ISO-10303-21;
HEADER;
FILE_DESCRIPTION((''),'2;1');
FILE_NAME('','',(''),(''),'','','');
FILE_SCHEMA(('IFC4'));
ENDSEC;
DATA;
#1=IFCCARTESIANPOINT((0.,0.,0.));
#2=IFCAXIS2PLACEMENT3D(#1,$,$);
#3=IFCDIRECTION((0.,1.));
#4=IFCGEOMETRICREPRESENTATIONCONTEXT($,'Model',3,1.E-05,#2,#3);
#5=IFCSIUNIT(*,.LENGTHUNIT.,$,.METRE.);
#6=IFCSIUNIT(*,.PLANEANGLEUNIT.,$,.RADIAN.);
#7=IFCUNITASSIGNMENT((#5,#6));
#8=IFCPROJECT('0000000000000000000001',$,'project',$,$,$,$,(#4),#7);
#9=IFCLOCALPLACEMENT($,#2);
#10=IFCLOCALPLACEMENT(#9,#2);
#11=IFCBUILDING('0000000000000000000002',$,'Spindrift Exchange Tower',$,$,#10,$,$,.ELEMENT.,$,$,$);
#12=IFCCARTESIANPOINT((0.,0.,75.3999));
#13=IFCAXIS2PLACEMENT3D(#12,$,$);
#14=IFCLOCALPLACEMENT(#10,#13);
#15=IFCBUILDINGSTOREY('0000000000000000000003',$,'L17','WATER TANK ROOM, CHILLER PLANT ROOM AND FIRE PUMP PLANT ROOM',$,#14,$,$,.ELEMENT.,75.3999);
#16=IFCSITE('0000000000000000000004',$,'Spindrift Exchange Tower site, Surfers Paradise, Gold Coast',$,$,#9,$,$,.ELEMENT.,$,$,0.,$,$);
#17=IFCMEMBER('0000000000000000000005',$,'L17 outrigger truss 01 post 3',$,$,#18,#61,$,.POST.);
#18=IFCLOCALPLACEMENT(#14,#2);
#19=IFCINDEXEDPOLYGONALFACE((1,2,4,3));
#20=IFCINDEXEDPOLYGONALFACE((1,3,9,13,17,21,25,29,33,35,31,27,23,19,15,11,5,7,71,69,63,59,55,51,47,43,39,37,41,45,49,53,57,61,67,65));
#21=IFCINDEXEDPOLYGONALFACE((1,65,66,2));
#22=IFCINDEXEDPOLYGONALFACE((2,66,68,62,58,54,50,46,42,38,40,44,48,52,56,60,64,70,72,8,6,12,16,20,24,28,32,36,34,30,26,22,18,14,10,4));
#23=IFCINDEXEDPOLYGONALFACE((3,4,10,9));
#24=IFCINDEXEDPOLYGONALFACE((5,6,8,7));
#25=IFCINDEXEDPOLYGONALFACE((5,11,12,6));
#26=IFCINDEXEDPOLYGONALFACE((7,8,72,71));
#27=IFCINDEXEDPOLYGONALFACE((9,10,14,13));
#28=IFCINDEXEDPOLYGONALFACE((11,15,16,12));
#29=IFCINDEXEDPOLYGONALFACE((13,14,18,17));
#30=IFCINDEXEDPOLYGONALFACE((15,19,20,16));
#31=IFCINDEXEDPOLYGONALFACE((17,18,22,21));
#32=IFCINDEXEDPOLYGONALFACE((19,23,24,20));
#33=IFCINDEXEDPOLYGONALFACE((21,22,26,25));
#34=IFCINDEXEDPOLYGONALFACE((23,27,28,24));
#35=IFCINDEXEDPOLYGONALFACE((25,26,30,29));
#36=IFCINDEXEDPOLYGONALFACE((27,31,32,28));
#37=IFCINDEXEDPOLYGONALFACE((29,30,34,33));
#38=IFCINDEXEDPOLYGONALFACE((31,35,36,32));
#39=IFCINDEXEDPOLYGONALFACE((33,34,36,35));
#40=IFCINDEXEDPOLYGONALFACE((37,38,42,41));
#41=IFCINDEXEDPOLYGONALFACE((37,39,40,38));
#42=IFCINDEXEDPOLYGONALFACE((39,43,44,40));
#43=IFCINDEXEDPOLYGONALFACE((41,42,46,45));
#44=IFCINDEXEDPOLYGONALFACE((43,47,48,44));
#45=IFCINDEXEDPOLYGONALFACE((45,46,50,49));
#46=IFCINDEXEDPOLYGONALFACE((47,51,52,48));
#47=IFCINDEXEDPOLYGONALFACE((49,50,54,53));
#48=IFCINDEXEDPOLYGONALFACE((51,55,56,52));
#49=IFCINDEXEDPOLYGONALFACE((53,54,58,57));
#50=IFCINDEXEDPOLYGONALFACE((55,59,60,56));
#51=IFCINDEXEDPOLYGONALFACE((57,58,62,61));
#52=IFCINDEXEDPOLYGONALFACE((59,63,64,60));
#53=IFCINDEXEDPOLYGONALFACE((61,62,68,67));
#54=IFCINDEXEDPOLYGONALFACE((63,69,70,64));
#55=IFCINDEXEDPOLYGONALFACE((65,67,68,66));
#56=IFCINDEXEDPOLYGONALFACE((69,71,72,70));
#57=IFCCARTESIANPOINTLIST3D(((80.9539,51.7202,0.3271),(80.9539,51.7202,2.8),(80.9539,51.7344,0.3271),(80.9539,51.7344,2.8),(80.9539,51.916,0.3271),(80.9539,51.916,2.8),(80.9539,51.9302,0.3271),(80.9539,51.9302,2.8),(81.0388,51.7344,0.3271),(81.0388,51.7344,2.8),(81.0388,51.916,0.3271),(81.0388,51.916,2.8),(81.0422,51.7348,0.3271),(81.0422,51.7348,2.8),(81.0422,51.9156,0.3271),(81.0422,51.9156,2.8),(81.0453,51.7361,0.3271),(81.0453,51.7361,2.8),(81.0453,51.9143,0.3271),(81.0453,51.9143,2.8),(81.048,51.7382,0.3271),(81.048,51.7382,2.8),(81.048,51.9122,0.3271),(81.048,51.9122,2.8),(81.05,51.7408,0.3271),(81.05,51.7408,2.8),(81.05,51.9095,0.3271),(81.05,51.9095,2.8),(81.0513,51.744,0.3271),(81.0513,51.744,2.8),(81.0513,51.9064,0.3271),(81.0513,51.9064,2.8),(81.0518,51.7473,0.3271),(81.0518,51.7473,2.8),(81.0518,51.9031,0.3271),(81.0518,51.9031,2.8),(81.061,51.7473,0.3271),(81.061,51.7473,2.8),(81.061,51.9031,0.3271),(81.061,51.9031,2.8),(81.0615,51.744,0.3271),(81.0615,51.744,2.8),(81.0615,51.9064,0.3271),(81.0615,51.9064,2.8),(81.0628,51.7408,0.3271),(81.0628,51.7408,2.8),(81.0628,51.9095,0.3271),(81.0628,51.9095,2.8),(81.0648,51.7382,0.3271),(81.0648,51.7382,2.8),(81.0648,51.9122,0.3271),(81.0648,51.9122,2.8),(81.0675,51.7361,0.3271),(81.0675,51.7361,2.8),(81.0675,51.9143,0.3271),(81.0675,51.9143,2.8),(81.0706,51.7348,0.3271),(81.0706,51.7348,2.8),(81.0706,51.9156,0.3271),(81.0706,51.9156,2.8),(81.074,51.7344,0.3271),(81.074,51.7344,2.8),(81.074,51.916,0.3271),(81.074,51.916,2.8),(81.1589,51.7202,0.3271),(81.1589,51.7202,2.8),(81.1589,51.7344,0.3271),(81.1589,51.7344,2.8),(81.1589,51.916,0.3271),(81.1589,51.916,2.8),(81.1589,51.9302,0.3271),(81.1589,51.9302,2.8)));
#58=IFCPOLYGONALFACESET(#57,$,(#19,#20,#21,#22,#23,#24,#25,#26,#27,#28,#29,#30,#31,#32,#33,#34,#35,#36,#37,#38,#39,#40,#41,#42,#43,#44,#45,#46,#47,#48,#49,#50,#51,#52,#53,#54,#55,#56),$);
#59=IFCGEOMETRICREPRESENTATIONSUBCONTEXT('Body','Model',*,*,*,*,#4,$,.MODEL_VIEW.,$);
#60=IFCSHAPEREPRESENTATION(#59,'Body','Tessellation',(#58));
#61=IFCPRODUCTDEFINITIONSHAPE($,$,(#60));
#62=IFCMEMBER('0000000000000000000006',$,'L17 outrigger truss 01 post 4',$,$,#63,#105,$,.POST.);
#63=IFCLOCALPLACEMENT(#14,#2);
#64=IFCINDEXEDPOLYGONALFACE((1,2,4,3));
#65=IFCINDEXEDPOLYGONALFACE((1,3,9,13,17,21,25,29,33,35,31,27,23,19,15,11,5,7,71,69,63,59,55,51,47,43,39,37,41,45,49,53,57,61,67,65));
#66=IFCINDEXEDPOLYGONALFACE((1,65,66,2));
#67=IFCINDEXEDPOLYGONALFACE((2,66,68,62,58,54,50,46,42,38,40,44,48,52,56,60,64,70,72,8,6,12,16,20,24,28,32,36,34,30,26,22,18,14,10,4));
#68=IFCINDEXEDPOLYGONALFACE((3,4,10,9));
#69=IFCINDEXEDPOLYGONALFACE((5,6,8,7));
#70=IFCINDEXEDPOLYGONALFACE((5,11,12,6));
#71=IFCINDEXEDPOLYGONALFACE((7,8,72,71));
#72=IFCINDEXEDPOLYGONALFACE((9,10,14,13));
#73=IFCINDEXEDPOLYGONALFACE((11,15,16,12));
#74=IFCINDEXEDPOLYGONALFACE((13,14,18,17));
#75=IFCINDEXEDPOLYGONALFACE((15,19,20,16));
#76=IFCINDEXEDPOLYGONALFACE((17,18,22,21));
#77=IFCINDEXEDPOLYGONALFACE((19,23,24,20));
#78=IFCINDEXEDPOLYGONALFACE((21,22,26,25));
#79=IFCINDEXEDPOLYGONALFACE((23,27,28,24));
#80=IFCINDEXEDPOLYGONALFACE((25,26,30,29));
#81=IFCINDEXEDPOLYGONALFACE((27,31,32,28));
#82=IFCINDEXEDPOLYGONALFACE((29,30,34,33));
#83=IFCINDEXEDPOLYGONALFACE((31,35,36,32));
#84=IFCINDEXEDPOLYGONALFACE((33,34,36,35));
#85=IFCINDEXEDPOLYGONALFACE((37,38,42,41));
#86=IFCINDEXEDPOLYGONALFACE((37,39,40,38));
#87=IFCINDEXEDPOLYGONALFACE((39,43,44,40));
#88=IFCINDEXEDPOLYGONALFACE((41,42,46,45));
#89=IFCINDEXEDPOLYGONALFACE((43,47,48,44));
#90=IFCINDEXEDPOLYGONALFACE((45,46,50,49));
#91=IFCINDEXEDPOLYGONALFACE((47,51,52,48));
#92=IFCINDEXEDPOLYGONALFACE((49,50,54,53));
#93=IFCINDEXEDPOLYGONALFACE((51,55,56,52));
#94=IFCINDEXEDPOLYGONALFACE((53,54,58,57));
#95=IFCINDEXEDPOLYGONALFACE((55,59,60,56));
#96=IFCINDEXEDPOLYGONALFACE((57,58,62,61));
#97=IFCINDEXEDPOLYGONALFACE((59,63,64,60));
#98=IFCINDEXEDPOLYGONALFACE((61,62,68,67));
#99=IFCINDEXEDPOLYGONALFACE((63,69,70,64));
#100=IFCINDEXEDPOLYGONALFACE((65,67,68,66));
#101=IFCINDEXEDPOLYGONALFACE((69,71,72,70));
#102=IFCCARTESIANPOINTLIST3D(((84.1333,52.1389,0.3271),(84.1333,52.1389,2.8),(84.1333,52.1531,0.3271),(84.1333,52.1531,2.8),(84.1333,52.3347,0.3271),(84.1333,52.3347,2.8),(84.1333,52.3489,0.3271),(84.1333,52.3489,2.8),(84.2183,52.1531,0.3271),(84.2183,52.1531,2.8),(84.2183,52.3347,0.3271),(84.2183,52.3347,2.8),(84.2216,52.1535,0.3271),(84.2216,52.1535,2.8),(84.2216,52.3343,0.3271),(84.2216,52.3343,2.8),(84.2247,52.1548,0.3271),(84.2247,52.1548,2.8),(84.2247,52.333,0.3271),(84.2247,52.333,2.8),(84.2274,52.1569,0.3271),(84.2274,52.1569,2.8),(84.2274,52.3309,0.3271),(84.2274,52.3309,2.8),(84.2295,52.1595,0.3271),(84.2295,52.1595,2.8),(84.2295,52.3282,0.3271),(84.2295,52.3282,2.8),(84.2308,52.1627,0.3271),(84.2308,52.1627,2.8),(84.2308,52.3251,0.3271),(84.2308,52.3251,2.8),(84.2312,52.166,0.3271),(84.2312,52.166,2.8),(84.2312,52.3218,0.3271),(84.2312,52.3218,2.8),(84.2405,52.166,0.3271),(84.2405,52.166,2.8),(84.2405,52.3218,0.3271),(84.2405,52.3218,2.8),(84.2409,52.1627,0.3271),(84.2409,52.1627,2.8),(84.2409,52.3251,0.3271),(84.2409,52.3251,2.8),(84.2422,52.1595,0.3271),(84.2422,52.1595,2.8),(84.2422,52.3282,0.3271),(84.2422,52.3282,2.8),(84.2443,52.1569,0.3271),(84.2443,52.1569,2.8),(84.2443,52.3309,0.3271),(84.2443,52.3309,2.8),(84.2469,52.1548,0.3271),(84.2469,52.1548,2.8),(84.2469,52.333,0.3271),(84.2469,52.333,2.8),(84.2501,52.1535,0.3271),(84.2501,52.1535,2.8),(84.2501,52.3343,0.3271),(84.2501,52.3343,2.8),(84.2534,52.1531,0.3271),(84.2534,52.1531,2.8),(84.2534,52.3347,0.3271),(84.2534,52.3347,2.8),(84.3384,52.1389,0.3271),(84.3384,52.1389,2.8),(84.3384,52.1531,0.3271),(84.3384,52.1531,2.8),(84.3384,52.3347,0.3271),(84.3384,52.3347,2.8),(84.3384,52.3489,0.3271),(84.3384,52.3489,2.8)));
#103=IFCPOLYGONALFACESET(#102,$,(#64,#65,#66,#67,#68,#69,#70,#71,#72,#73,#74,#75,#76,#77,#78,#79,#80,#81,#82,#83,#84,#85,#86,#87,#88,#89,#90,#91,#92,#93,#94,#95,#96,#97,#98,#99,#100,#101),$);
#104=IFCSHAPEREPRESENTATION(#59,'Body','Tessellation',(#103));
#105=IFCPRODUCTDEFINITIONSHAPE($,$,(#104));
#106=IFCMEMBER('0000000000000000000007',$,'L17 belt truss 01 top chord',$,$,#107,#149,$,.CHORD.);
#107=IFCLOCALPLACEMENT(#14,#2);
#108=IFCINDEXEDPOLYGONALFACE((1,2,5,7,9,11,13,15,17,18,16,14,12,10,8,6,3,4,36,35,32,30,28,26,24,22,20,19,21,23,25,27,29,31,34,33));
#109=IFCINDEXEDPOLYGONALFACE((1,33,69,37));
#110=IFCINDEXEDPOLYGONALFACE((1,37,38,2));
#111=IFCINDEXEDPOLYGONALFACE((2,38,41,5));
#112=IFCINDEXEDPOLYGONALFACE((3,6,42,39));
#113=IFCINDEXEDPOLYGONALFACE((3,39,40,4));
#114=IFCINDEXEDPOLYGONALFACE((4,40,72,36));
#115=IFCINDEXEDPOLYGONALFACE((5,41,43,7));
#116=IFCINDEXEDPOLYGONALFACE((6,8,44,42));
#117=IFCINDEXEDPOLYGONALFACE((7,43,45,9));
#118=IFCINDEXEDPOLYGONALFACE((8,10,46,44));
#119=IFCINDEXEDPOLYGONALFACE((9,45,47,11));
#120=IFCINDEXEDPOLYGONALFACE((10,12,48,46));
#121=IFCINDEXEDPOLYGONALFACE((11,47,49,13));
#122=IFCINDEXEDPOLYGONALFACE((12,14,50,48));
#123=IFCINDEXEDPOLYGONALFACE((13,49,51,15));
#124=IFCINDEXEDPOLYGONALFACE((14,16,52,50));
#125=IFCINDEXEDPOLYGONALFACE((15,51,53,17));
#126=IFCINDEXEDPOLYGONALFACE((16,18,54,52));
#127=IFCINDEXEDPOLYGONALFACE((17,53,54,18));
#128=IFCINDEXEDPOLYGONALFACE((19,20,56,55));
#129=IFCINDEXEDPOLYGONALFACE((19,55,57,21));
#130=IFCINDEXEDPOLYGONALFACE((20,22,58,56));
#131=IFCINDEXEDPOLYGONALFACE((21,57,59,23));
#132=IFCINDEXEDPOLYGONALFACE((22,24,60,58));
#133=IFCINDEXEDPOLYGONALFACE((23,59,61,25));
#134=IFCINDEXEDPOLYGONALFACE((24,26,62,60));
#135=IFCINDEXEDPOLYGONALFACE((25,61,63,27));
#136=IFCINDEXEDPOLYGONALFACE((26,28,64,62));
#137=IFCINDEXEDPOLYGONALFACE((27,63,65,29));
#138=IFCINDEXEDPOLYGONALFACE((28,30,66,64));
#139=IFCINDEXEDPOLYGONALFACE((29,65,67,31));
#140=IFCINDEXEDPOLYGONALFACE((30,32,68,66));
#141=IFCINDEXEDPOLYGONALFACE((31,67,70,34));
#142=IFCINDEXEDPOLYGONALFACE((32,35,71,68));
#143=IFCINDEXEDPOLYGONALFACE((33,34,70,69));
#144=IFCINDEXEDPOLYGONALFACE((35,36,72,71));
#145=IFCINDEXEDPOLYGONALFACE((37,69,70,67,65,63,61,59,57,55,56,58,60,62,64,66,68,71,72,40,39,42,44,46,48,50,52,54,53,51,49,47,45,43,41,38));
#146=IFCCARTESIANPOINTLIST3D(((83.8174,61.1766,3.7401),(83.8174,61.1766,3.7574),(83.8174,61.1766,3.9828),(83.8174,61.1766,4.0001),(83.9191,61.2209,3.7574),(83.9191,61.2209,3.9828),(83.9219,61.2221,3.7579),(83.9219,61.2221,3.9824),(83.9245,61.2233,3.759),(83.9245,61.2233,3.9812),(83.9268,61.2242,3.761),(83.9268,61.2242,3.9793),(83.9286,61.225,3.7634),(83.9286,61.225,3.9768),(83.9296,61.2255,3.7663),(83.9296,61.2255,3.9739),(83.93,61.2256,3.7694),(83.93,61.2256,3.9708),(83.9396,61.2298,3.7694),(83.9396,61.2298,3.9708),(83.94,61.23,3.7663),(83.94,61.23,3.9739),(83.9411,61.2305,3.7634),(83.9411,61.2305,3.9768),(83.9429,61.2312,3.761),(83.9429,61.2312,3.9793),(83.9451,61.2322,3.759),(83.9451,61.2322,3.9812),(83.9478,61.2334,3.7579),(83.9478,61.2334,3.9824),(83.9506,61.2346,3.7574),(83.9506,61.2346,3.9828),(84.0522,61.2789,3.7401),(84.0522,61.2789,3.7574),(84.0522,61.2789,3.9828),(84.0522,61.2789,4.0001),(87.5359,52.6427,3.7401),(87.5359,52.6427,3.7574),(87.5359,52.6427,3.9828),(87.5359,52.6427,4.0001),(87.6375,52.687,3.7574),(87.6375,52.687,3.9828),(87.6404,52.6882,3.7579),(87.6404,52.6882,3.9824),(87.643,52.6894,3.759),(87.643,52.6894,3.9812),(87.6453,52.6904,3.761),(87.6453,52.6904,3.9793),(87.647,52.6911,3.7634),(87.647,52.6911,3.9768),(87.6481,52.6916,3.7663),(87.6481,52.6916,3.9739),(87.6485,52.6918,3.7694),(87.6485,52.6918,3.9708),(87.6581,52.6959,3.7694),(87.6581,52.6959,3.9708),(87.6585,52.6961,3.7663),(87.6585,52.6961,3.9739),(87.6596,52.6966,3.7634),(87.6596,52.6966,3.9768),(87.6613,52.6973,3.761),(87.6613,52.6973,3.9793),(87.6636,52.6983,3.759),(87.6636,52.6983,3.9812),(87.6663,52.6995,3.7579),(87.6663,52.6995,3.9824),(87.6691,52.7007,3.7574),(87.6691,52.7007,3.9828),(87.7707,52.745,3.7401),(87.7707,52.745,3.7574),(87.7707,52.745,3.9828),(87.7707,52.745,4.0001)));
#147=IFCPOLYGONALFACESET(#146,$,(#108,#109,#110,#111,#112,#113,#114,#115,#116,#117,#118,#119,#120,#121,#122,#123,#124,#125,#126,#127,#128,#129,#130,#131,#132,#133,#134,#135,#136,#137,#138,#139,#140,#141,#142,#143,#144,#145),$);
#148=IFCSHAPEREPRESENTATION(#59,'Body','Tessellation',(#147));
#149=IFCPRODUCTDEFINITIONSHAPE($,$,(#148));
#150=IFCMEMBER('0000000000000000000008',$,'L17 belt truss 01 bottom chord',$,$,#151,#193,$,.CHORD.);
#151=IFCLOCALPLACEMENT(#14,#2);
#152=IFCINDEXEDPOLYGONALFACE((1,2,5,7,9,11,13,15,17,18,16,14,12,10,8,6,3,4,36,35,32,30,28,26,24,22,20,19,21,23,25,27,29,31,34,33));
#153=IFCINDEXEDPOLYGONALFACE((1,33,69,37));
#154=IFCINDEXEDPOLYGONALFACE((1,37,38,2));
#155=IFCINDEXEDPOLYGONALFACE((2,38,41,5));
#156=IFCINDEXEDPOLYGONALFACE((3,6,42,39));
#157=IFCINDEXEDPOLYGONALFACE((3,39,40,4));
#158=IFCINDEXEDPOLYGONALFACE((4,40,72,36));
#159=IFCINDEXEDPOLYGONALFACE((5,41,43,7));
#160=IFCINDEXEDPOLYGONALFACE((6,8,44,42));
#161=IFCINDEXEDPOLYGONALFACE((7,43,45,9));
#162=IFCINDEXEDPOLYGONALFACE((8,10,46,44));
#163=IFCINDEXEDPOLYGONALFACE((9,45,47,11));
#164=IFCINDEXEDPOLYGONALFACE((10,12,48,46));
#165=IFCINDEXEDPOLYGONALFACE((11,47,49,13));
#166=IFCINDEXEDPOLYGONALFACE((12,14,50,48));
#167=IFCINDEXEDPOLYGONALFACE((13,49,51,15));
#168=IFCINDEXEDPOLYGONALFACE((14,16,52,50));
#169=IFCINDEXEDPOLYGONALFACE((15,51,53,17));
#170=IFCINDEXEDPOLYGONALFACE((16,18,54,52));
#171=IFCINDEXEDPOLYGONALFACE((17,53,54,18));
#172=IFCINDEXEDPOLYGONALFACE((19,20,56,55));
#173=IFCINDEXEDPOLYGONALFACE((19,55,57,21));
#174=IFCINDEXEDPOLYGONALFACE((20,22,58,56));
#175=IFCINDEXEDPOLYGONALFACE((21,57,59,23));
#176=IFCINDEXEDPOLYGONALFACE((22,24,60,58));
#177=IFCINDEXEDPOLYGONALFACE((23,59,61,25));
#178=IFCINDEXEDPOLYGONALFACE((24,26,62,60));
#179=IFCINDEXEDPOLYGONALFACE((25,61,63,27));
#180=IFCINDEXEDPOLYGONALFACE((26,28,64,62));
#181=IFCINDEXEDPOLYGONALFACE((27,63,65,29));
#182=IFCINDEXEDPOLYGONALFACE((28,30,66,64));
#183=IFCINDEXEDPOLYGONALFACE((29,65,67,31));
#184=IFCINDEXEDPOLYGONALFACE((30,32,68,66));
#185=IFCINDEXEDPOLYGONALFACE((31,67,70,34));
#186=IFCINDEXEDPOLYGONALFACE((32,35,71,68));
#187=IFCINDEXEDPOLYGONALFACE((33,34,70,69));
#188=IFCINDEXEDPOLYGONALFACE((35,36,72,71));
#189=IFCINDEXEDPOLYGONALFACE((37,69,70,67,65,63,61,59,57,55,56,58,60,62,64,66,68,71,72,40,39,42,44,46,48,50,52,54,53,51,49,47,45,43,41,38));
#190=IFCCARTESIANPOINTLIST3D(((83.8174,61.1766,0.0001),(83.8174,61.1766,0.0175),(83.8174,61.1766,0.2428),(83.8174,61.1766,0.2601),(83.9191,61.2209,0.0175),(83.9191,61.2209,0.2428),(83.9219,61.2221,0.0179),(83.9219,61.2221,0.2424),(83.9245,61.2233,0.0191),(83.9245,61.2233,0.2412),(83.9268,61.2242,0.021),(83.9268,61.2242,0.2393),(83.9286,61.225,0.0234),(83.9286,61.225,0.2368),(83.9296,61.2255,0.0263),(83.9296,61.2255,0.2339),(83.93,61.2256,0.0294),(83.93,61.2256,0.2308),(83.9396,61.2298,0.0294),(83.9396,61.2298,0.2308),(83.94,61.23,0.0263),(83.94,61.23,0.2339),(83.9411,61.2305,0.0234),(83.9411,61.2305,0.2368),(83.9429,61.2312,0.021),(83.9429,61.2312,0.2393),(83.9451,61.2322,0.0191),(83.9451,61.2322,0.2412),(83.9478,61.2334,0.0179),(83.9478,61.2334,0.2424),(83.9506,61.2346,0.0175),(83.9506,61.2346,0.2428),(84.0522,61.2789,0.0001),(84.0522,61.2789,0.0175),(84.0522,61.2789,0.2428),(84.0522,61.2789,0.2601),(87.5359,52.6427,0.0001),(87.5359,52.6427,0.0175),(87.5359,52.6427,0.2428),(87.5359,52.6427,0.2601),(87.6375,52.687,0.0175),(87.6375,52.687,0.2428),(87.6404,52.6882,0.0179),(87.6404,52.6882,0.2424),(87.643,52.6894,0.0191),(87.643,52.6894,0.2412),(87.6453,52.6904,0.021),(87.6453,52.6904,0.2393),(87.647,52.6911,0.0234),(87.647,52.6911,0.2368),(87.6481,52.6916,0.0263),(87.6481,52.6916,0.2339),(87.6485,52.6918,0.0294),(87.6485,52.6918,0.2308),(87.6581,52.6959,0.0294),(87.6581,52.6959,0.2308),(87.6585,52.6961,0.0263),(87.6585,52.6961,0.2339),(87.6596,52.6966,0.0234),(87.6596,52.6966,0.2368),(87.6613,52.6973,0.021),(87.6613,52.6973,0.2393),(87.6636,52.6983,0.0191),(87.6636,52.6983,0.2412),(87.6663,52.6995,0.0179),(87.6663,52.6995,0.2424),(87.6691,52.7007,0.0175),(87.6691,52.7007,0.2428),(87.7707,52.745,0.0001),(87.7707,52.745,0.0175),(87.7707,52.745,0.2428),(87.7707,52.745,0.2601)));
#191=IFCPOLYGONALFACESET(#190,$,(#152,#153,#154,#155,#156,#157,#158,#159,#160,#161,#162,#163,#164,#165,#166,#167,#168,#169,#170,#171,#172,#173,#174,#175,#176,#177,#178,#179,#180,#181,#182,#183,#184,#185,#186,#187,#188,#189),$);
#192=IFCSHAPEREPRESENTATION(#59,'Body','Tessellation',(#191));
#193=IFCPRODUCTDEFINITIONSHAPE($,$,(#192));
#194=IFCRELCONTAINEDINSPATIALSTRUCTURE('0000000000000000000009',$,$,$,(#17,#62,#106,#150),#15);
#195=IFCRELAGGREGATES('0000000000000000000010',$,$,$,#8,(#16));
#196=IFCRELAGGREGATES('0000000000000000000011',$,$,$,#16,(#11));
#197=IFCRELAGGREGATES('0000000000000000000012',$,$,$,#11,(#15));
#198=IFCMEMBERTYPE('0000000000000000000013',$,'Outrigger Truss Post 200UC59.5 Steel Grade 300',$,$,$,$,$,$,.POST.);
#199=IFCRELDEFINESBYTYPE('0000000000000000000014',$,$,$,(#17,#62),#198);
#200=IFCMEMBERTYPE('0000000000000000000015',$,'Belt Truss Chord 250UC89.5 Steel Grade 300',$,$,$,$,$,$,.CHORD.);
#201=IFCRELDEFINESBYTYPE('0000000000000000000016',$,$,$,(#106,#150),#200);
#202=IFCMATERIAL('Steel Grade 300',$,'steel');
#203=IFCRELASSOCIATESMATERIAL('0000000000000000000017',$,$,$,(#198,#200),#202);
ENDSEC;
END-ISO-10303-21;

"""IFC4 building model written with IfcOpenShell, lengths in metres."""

from ifc_helpers import new_model, si_unit, direction, frame, origin, origin_2d, place, context, subcontext, project, spatial, i_section, extrude, source, transform, mapped, material, material_profile, profile_set, type_object, element, save


model = new_model("IFC4")

# Units and contexts
model_context = context("Model", 3, precision=1e-05, world=origin(), true_north=direction((0.0, 1.0)))
body_context = subcontext(model_context, "Body", "Model", "MODEL_VIEW")
ifc_project = project(units=[si_unit("LENGTHUNIT", "METRE"), si_unit("PLANEANGLEUNIT", "RADIAN")], contexts=[model_context])

# Site, building, storey
site_placement = place(None, origin())
site = spatial("IfcSite", under=ifc_project, at=site_placement, Name="Spindrift Exchange Tower site, Surfers Paradise, Gold Coast", CompositionType="ELEMENT", RefElevation=0.0)
building_placement = place(site_placement, origin())
building = spatial("IfcBuilding", under=site, at=building_placement, Name="Spindrift Exchange Tower", CompositionType="ELEMENT")
storey_placement = place(building_placement, frame((0.0, 0.0, 75.3999)))
storey = spatial("IfcBuildingStorey", under=building, at=storey_placement, Name="L17", Description="WATER TANK ROOM, CHILLER PLANT ROOM AND FIRE PUMP PLANT ROOM", CompositionType="ELEMENT", Elevation=75.3999)

# Shared definitions
ifc_material_1 = material(Name="Steel Grade 300", Category="steel")

# Members
ifc_material_profile_1 = material_profile(ifc_material_1, i_section(OverallWidth=0.2051, OverallDepth=0.21, WebThickness=0.0093, FlangeThickness=0.0142, FilletRadius=0.0129, at=origin_2d()), Name="200UC59.5")
ifc_profile_set_1 = profile_set([ifc_material_profile_1], Name="Steel Grade 300")
member_type_1 = type_object("IfcMemberType", Name="Outrigger Truss Post 200UC59.5 Steel Grade 300", PredefinedType="POST", material=ifc_profile_set_1)
shared_shape_1 = source(origin(), body_context, "Body", "SweptSolid", [
    extrude(i_section(OverallWidth=0.2051, OverallDepth=0.21, WebThickness=0.0093, FlangeThickness=0.0142, FilletRadius=0.0129, at=origin_2d()), origin(), (0.0, 0.0, 1.0), 2.4729),
])
for number, where, z_axis, x_axis, name in (
    (1, (81.0564, 51.8252, 0.3271), (0.0, 0.0, 1.0), (1.0, 0.0, 0.0), "L17 outrigger truss 01 post 3"),
    (2, (84.2358, 52.2439, 0.3271), (0.0, 0.0, 1.0), (1.0, 0.0, 0.0), "L17 outrigger truss 01 post 4"),
):
    element("IfcMember", number, at=place(storey_placement, frame(where, z_axis=z_axis, x_axis=x_axis)), inside=storey, type_object=member_type_1, Name=name, PredefinedType="POST", context=body_context, shape_type="MappedRepresentation", body=[
        mapped(shared_shape_1, transform((0.0, 0.0, 0.0), scale=1.0)),
    ])
ifc_material_profile_2 = material_profile(ifc_material_1, i_section(OverallWidth=0.2561, OverallDepth=0.26, WebThickness=0.0105, FlangeThickness=0.0173, FilletRadius=0.012, at=origin_2d()), Name="250UC89.5")
ifc_profile_set_2 = profile_set([ifc_material_profile_2], Name="Steel Grade 300")
member_type_2 = type_object("IfcMemberType", Name="Belt Truss Chord 250UC89.5 Steel Grade 300", PredefinedType="CHORD", material=ifc_profile_set_2)
shared_shape_2 = source(origin(), body_context, "Body", "SweptSolid", [
    extrude(i_section(OverallWidth=0.2561, OverallDepth=0.26, WebThickness=0.0105, FlangeThickness=0.0173, FilletRadius=0.012, at=origin_2d()), origin(), (0.0, 0.0, 1.0), 9.3088),
])
for number, where, z_axis, x_axis, name in (
    (3, (87.6533, 52.6938, 3.8701), (-0.399458, 0.916752, 0.0), (-0.916752, -0.399458, 0.0), "L17 belt truss 01 top chord"),
    (4, (87.6533, 52.6938, 0.1301), (-0.399458, 0.916752, 0.0), (-0.916752, -0.399458, 0.0), "L17 belt truss 01 bottom chord"),
):
    element("IfcMember", number, at=place(storey_placement, frame(where, z_axis=z_axis, x_axis=x_axis)), inside=storey, type_object=member_type_2, Name=name, PredefinedType="CHORD", context=body_context, shape_type="MappedRepresentation", body=[
        mapped(shared_shape_2, transform((0.0, 0.0, 0.0), scale=1.0)),
    ])

save(model, "model.ifc")
